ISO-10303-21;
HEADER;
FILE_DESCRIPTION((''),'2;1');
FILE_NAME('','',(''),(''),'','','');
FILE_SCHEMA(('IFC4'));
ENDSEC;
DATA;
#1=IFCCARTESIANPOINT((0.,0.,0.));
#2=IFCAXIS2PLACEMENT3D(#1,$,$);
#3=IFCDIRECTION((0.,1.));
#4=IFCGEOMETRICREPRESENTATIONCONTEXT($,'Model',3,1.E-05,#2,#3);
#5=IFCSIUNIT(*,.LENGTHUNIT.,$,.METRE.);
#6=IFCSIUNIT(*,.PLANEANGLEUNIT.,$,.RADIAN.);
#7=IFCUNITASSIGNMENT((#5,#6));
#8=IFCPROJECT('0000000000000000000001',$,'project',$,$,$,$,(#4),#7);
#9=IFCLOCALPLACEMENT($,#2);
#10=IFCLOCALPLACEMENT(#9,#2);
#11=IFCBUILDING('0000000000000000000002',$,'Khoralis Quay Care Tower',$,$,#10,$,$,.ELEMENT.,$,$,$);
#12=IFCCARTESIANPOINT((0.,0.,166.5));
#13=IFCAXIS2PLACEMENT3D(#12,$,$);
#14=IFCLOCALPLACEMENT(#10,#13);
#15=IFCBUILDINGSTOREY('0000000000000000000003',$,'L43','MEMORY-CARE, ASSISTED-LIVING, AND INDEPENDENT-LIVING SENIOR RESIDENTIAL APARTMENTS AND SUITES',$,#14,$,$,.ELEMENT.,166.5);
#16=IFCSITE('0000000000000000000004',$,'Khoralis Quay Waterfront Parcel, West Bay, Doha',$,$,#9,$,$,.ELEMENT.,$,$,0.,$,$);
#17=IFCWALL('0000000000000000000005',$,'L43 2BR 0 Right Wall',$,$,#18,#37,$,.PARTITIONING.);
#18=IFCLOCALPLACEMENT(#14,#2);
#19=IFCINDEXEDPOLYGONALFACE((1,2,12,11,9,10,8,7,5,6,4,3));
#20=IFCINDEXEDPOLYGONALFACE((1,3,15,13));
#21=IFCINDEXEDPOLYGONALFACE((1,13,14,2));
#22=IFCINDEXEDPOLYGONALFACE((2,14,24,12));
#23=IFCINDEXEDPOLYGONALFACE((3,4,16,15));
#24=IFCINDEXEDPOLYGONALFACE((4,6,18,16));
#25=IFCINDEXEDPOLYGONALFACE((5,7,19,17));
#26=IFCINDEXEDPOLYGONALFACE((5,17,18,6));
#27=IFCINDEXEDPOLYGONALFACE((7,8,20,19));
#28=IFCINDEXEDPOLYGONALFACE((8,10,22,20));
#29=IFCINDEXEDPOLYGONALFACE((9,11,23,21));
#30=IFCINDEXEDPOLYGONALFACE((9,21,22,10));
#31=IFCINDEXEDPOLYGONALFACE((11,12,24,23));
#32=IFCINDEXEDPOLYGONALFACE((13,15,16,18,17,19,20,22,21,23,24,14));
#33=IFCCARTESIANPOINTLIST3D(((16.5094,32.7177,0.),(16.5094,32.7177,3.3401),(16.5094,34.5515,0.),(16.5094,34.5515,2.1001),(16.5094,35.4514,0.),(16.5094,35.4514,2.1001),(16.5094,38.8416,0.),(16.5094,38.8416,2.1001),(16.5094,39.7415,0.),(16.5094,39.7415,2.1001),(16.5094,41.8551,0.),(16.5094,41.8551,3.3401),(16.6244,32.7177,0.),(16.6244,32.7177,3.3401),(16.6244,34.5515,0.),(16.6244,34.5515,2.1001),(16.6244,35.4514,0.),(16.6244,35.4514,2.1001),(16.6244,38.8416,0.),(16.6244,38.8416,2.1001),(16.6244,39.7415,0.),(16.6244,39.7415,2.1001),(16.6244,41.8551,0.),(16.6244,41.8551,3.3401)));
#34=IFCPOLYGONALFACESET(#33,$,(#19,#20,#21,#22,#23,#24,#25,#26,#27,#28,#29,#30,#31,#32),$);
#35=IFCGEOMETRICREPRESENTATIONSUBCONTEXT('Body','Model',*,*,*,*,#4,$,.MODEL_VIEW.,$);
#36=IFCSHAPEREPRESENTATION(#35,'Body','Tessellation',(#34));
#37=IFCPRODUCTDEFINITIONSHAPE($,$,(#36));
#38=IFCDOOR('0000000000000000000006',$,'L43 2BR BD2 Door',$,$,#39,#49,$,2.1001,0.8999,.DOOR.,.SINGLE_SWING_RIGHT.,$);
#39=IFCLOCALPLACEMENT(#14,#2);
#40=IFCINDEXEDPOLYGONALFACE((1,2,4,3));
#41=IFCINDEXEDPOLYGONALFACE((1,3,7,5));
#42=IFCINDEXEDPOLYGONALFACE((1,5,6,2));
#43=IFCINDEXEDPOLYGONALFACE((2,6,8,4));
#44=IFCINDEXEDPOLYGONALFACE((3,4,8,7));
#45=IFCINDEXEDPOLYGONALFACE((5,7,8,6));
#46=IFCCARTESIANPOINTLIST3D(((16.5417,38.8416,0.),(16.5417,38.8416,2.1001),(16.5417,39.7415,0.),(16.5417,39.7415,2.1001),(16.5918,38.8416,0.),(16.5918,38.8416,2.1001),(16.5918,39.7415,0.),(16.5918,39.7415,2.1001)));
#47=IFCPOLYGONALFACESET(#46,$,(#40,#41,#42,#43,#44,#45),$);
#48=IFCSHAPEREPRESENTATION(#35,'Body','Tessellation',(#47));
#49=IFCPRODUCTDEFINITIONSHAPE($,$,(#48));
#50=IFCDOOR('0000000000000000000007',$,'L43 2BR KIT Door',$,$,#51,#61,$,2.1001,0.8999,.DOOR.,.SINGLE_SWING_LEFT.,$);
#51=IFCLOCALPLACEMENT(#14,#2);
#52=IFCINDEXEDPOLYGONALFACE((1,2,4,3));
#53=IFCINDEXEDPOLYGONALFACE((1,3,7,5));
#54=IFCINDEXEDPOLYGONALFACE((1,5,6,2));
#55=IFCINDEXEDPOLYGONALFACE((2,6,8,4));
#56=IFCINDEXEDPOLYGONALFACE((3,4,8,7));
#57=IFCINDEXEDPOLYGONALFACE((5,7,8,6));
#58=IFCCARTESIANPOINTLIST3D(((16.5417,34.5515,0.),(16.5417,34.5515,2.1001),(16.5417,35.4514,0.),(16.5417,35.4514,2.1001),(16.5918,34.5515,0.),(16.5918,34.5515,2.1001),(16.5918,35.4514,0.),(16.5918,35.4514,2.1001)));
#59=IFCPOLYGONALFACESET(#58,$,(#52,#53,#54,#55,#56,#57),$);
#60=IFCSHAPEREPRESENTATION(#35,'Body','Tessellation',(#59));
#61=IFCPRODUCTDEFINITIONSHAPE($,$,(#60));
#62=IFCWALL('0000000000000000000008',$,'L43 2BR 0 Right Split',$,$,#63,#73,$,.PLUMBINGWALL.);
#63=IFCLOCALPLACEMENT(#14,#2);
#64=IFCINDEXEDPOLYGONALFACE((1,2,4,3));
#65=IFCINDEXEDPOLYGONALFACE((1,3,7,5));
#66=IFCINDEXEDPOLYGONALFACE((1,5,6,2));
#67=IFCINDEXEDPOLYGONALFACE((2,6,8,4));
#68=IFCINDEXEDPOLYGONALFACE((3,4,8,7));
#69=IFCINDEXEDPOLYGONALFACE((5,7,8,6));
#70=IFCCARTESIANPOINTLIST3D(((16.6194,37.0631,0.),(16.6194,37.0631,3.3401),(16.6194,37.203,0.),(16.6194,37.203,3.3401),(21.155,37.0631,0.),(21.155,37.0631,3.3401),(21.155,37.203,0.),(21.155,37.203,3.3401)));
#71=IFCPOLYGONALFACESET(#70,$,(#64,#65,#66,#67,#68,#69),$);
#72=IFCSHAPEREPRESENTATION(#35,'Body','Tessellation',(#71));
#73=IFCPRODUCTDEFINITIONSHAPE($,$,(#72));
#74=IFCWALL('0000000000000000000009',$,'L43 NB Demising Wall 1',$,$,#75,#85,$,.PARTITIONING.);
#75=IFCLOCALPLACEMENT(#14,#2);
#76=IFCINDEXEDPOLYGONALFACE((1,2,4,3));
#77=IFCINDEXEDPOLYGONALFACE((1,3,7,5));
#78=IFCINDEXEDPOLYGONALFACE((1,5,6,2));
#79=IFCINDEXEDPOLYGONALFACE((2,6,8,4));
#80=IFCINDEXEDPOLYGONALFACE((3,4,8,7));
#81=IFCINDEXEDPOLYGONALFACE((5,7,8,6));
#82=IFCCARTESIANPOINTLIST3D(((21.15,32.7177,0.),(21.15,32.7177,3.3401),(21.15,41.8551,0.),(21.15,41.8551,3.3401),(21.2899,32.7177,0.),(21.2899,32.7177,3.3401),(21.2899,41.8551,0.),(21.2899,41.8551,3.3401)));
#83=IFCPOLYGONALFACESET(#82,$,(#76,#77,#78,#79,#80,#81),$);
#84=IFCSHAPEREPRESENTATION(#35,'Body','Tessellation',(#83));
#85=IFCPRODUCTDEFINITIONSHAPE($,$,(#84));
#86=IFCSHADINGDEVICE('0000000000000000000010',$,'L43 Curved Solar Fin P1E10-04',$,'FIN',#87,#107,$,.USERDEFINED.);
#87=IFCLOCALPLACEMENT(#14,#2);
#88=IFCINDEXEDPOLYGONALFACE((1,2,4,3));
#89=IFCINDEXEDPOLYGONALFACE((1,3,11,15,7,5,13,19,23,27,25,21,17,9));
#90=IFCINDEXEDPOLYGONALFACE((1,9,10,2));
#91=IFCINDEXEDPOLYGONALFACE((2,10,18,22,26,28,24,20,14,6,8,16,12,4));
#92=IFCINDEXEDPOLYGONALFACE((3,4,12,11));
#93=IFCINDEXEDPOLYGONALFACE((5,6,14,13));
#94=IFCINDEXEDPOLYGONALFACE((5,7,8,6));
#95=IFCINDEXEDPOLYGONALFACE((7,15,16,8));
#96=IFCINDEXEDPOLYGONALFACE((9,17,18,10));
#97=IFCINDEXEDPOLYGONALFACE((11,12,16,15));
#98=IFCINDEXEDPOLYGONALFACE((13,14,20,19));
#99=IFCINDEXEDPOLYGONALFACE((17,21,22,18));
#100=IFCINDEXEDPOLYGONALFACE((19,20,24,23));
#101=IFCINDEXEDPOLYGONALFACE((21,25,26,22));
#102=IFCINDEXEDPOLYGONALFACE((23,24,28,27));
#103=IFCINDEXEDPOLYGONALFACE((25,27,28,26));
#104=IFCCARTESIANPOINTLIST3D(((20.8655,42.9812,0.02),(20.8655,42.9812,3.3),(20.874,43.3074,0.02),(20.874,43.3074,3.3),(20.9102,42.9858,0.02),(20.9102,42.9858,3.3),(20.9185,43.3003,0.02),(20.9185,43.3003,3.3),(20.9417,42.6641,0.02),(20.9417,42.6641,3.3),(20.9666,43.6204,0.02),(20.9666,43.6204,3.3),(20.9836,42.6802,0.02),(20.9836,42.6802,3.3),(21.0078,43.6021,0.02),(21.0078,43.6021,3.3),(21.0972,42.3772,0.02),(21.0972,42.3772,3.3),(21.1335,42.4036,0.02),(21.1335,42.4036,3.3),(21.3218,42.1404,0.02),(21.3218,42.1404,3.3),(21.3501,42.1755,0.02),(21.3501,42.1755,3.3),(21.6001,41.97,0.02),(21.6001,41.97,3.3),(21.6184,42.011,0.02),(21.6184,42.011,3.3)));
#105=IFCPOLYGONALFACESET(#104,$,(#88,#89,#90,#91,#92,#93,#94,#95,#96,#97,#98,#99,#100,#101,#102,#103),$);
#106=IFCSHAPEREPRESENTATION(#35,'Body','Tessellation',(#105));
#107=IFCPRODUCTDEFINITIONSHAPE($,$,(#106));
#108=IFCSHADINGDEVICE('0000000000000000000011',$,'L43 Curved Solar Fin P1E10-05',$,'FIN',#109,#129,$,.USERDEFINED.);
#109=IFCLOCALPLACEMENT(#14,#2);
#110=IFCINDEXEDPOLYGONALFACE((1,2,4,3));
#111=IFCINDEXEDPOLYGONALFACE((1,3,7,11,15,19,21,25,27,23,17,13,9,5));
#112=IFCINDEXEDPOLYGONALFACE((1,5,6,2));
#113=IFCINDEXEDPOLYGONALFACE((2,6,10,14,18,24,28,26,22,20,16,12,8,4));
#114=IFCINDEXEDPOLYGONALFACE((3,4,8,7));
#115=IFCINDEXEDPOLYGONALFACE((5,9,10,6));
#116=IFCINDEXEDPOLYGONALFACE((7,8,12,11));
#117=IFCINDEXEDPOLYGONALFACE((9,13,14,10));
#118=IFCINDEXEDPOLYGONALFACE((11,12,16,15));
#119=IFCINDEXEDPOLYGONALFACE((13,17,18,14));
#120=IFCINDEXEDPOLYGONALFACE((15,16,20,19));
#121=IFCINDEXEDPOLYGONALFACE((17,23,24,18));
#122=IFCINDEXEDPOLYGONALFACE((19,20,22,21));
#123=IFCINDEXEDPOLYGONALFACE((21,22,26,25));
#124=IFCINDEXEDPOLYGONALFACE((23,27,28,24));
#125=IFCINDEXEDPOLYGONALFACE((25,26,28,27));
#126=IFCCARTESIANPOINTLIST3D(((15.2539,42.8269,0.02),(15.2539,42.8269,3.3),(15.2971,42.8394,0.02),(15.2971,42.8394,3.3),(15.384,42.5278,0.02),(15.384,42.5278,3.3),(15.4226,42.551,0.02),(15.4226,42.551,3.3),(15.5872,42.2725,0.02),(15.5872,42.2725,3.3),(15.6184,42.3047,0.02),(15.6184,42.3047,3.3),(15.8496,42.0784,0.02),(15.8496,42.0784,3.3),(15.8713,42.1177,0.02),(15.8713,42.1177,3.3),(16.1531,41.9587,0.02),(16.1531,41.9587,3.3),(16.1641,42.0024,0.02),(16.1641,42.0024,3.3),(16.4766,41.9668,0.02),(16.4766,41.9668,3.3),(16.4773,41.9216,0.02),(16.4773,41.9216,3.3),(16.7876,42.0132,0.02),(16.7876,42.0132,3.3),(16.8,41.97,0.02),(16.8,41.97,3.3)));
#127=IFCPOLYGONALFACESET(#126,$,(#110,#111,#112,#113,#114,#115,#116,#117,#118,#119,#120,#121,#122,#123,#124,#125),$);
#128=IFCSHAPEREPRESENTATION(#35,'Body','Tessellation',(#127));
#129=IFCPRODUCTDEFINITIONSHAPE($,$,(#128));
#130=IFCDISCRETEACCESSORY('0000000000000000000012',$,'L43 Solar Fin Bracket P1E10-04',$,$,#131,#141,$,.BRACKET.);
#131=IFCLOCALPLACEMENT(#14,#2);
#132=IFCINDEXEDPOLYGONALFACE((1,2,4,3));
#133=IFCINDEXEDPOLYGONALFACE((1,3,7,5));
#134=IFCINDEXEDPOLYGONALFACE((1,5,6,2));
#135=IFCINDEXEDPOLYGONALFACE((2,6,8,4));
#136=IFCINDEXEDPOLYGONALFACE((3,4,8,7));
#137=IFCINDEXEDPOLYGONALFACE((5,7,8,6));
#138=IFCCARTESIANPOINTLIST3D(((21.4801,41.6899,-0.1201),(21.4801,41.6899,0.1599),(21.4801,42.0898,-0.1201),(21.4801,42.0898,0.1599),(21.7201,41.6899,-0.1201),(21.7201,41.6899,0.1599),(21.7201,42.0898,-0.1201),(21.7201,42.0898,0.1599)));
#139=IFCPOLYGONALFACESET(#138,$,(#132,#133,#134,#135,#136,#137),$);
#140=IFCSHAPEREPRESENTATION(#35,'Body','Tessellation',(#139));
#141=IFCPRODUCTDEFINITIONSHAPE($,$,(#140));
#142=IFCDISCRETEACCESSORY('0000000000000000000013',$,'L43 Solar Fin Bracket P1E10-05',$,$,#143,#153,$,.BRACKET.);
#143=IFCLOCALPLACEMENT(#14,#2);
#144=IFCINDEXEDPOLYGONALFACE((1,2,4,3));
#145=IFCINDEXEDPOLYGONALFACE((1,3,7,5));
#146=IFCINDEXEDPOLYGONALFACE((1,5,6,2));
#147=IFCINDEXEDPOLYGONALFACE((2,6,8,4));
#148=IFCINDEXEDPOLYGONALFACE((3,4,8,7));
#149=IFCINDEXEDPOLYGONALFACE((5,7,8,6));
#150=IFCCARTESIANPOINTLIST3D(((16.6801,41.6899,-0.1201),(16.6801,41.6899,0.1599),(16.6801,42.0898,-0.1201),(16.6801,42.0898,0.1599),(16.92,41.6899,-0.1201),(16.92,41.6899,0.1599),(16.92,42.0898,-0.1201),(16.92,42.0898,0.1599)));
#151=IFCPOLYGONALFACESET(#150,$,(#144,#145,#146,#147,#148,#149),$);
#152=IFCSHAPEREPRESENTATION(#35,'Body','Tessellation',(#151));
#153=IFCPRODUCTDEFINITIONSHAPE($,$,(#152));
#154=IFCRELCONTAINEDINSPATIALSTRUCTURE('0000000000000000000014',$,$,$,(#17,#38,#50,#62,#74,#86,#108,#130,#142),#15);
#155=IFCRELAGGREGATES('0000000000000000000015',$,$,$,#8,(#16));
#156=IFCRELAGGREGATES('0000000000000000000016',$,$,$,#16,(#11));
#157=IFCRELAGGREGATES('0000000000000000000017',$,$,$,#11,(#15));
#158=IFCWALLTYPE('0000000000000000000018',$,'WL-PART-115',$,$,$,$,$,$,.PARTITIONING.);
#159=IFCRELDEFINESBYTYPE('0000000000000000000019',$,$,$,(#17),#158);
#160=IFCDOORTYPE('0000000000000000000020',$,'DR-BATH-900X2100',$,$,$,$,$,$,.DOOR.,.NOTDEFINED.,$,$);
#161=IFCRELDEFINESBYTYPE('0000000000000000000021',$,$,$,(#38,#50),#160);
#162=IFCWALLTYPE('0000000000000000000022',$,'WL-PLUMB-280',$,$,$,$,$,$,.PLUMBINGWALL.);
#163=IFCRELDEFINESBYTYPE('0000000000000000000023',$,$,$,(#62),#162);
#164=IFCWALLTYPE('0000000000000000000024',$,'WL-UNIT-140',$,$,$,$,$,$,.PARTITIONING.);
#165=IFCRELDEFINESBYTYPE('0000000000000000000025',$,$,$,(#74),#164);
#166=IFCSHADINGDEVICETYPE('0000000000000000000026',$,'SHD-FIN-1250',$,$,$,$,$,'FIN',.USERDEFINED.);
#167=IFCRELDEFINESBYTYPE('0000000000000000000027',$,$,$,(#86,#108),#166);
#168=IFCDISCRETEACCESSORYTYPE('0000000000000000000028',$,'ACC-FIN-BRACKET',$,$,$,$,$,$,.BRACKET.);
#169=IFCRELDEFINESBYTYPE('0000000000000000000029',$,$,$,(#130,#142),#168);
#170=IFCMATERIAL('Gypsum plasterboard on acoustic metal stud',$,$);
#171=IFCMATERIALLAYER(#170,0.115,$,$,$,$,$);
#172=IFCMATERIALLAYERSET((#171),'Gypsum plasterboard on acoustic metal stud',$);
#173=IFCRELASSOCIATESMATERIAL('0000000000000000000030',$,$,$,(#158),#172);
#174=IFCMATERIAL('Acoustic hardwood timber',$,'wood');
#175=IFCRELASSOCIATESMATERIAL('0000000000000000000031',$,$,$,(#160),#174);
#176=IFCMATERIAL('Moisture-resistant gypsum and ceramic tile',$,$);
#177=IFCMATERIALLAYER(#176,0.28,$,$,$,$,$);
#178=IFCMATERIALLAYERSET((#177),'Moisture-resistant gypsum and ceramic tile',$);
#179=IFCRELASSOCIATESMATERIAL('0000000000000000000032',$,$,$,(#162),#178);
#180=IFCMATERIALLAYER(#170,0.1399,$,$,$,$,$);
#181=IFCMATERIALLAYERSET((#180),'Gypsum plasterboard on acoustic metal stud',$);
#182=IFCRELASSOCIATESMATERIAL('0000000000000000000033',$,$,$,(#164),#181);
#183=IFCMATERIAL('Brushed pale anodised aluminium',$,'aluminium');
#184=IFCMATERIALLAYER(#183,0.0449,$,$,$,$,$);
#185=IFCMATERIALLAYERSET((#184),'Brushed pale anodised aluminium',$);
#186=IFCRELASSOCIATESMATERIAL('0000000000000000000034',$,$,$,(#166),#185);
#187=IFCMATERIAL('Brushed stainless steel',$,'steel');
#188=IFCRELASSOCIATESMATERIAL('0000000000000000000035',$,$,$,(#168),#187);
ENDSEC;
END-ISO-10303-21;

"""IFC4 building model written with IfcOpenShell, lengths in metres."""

from ifc_helpers import new_model, si_unit, direction, frame, frame_2d, origin, origin_2d, place, context, subcontext, project, spatial, polyline, rectangle, outline, extrude, source, transform, mapped, material, layer, layer_set, type_object, element, fill, save


model = new_model("IFC4")

# Units and contexts
model_context = context("Model", 3, precision=1e-05, world=origin(), true_north=direction((0.0, 1.0)))
body_context = subcontext(model_context, "Body", "Model", "MODEL_VIEW")
ifc_project = project(units=[si_unit("LENGTHUNIT", "METRE"), si_unit("PLANEANGLEUNIT", "RADIAN")], contexts=[model_context])

# Site, building, storey
site_placement = place(None, origin())
site = spatial("IfcSite", under=ifc_project, at=site_placement, Name="Khoralis Quay Waterfront Parcel, West Bay, Doha", CompositionType="ELEMENT", RefElevation=0.0)
building_placement = place(site_placement, origin())
building = spatial("IfcBuilding", under=site, at=building_placement, Name="Khoralis Quay Care Tower", CompositionType="ELEMENT")
storey_placement = place(building_placement, frame((0.0, 0.0, 166.5)))
storey = spatial("IfcBuildingStorey", under=building, at=storey_placement, Name="L43", Description="MEMORY-CARE, ASSISTED-LIVING, AND INDEPENDENT-LIVING SENIOR RESIDENTIAL APARTMENTS AND SUITES", CompositionType="ELEMENT", Elevation=166.5)

# Wall, openings, doors
ifc_material_1 = material(Name="Gypsum plasterboard on acoustic metal stud")
ifc_layer_1 = layer(ifc_material_1, 0.115)
ifc_layer_set_1 = layer_set([ifc_layer_1], Name="Gypsum plasterboard on acoustic metal stud")
wall_type_1 = type_object("IfcWallType", Name="WL-PART-115", PredefinedType="PARTITIONING", material=ifc_layer_set_1)
wall_1_placement = place(storey_placement, frame((16.5669, 32.7175, 0.0), z_axis=(0.0, 0.0, 1.0), x_axis=(0.0, 1.0, 0.0)))
wall_1 = element("IfcWall", 1, at=wall_1_placement, inside=storey, type_object=wall_type_1, Name="L43 2BR 0 Right Wall", PredefinedType="PARTITIONING", context=body_context, shape_type="SweptSolid", body=[
    extrude(rectangle(XDim=9.1375, YDim=0.115, at=frame_2d((4.5688, 0.0))), origin(), (0.0, 0.0, 1.0), 3.3401),
])
opening_1_placement = place(wall_1_placement, frame((6.124, 0.0, 0.0)))
opening_1 = element("IfcOpeningElement", 2, at=opening_1_placement, cuts=wall_1, PredefinedType="OPENING", context=body_context, shape_type="SweptSolid", body=[
    extrude(rectangle(XDim=0.8999, YDim=2.1001, at=frame_2d((0.45, 1.05))), frame((0.0, 0.0674, 0.0), z_axis=(0.0, -1.0, 0.0), x_axis=(1.0, 0.0, 0.0)), (0.0, 0.0, 1.0), 0.135),
])
opening_2_placement = place(wall_1_placement, frame((1.834, 0.0, 0.0)))
opening_2 = element("IfcOpeningElement", 3, at=opening_2_placement, cuts=wall_1, PredefinedType="OPENING", context=body_context, shape_type="SweptSolid", body=[
    extrude(rectangle(XDim=0.8999, YDim=2.1001, at=frame_2d((0.45, 1.05))), frame((0.0, 0.0674, 0.0), z_axis=(0.0, -1.0, 0.0), x_axis=(1.0, 0.0, 0.0)), (0.0, 0.0, 1.0), 0.135),
])
ifc_material_2 = material(Name="Acoustic hardwood timber", Category="wood")
door_type = type_object("IfcDoorType", Name="DR-BATH-900X2100", OperationType="NOTDEFINED", PredefinedType="DOOR", material=ifc_material_2)
shared_shape_1 = source(origin(), body_context, "Body", "SweptSolid", [
    extrude(rectangle(XDim=0.8999, YDim=2.1001, at=frame_2d((0.45, 1.05))), frame((0.0, 0.0249, 0.0), z_axis=(0.0, -1.0, 0.0), x_axis=(1.0, 0.0, 0.0)), (0.0, 0.0, 1.0), 0.05),
])
door_1_placement = place(opening_1_placement, frame((0.8999, 0.0, 0.0), z_axis=(0.0, 0.0, 1.0), x_axis=(-1.0, 0.0, 0.0)))
door_1 = element("IfcDoor", 4, at=door_1_placement, inside=storey, type_object=door_type, Name="L43 2BR BD2 Door", OperationType="SINGLE_SWING_RIGHT", OverallHeight=2.1001, OverallWidth=0.8999, PredefinedType="DOOR", context=body_context, shape_type="MappedRepresentation", body=[
    mapped(shared_shape_1, transform((0.0, 0.0, 0.0), scale=1.0)),
])
fill(opening_1, door_1)
door_2_placement = place(opening_2_placement, frame((0.8999, 0.0, 0.0), z_axis=(0.0, 0.0, 1.0), x_axis=(-1.0, 0.0, 0.0)))
door_2 = element("IfcDoor", 5, at=door_2_placement, inside=storey, type_object=door_type, Name="L43 2BR KIT Door", OperationType="SINGLE_SWING_LEFT", OverallHeight=2.1001, OverallWidth=0.8999, PredefinedType="DOOR", context=body_context, shape_type="MappedRepresentation", body=[
    mapped(shared_shape_1, transform((0.0, 0.0, 0.0), scale=1.0)),
])
fill(opening_2, door_2)

# Walls
ifc_material_3 = material(Name="Moisture-resistant gypsum and ceramic tile")
ifc_layer_2 = layer(ifc_material_3, 0.28)
ifc_layer_set_2 = layer_set([ifc_layer_2], Name="Moisture-resistant gypsum and ceramic tile")
wall_type_2 = type_object("IfcWallType", Name="WL-PLUMB-280", PredefinedType="PLUMBINGWALL", material=ifc_layer_set_2)
wall_2_placement = place(storey_placement, frame((16.6194, 37.1331, 0.0), z_axis=(0.0, 0.0, 1.0), x_axis=(1.0, 0.0, 0.0)))
element("IfcWall", 6, at=wall_2_placement, inside=storey, type_object=wall_type_2, Name="L43 2BR 0 Right Split", PredefinedType="PLUMBINGWALL", context=body_context, shape_type="SweptSolid", body=[
    extrude(rectangle(XDim=4.5356, YDim=0.1399, at=frame_2d((2.2678, 0.0))), origin(), (0.0, 0.0, 1.0), 3.3401),
])
ifc_layer_3 = layer(ifc_material_1, 0.1399)
ifc_layer_set_3 = layer_set([ifc_layer_3], Name="Gypsum plasterboard on acoustic metal stud")
wall_type_3 = type_object("IfcWallType", Name="WL-UNIT-140", PredefinedType="PARTITIONING", material=ifc_layer_set_3)
wall_3_placement = place(storey_placement, frame((21.22, 32.7175, 0.0), z_axis=(0.0, 0.0, 1.0), x_axis=(0.0, 1.0, 0.0)))
element("IfcWall", 7, at=wall_3_placement, inside=storey, type_object=wall_type_3, Name="L43 NB Demising Wall 1", PredefinedType="PARTITIONING", context=body_context, shape_type="SweptSolid", body=[
    extrude(rectangle(XDim=9.1375, YDim=0.1399, at=frame_2d((4.5688, 0.0))), origin(), (0.0, 0.0, 1.0), 3.3401),
])

# Shading devices
ifc_material_4 = material(Name="Brushed pale anodised aluminium", Category="aluminium")
ifc_layer_4 = layer(ifc_material_4, 0.0449)
ifc_layer_set_4 = layer_set([ifc_layer_4], Name="Brushed pale anodised aluminium")
shading_device_type = type_object("IfcShadingDeviceType", Name="SHD-FIN-1250", ElementType="FIN", PredefinedType="USERDEFINED", material=ifc_layer_set_4)
shared_shape_2 = source(origin(), body_context, "Body", "SweptSolid", [
    extrude(outline(polyline([(0.0, 0.0), (0.1704, 0.2783), (0.4072, 0.5029), (0.6941, 0.6584), (1.0112, 0.7346), (1.3374, 0.7261), (1.6504, 0.6335), (1.6321, 0.5923), (1.3303, 0.6816), (1.0159, 0.6899), (0.7102, 0.6165), (0.4336, 0.4666), (0.2056, 0.25), (0.041, -0.0183), (0.0, 0.0)])), origin(), (0.0, 0.0, 1.0), 3.28),
])
shading_device_1_placement = place(storey_placement, frame((21.6001, 41.97, 0.02), z_axis=(0.0, 0.0, 1.0), x_axis=(0.0, 1.0, 0.0)))
element("IfcShadingDevice", 8, at=shading_device_1_placement, inside=storey, type_object=shading_device_type, Name="L43 Curved Solar Fin P1E10-04", ObjectType="FIN", PredefinedType="USERDEFINED", context=body_context, shape_type="MappedRepresentation", body=[
    mapped(shared_shape_2, transform((0.0, 0.0, 0.0), scale=1.0)),
])
shared_shape_3 = source(origin(), body_context, "Body", "SweptSolid", [
    extrude(outline(polyline([(0.0, 0.0), (-0.0483, 0.3228), (-0.0112, 0.647), (0.1084, 0.9504), (0.3025, 1.2129), (0.5579, 1.416), (0.8569, 1.5461), (0.8694, 1.5029), (0.5811, 1.3774), (0.3347, 1.1816), (0.1477, 0.9287), (0.0325, 0.636), (-0.0032, 0.3235), (0.0432, 0.0125), (0.0, 0.0)])), origin(), (0.0, 0.0, 1.0), 3.28),
])
shading_device_2_placement = place(storey_placement, frame((16.8, 41.97, 0.02), z_axis=(0.0, 0.0, 1.0), x_axis=(0.0, 1.0, 0.0)))
element("IfcShadingDevice", 9, at=shading_device_2_placement, inside=storey, type_object=shading_device_type, Name="L43 Curved Solar Fin P1E10-05", ObjectType="FIN", PredefinedType="USERDEFINED", context=body_context, shape_type="MappedRepresentation", body=[
    mapped(shared_shape_3, transform((0.0, 0.0, 0.0), scale=1.0)),
])

# Discrete accessories
ifc_material_5 = material(Name="Brushed stainless steel", Category="steel")
discrete_accessory_type = type_object("IfcDiscreteAccessoryType", Name="ACC-FIN-BRACKET", PredefinedType="BRACKET", material=ifc_material_5)
shared_shape_4 = source(origin(), body_context, "Body", "SweptSolid", [
    extrude(rectangle(XDim=0.3999, YDim=0.24, at=origin_2d()), origin(), (0.0, 0.0, 1.0), 0.28),
])
for number, where, z_axis, x_axis, name in (
    (10, (21.6001, 41.8899, -0.1201), (0.0, 0.0, 1.0), (0.0, 1.0, 0.0), "L43 Solar Fin Bracket P1E10-04"),
    (11, (16.8, 41.8899, -0.1201), (0.0, 0.0, 1.0), (0.0, 1.0, 0.0), "L43 Solar Fin Bracket P1E10-05"),
):
    element("IfcDiscreteAccessory", number, at=place(storey_placement, frame(where, z_axis=z_axis, x_axis=x_axis)), inside=storey, type_object=discrete_accessory_type, Name=name, PredefinedType="BRACKET", context=body_context, shape_type="MappedRepresentation", body=[
        mapped(shared_shape_4, transform((0.0, 0.0, 0.0), scale=1.0)),
    ])

save(model, "model.ifc")
